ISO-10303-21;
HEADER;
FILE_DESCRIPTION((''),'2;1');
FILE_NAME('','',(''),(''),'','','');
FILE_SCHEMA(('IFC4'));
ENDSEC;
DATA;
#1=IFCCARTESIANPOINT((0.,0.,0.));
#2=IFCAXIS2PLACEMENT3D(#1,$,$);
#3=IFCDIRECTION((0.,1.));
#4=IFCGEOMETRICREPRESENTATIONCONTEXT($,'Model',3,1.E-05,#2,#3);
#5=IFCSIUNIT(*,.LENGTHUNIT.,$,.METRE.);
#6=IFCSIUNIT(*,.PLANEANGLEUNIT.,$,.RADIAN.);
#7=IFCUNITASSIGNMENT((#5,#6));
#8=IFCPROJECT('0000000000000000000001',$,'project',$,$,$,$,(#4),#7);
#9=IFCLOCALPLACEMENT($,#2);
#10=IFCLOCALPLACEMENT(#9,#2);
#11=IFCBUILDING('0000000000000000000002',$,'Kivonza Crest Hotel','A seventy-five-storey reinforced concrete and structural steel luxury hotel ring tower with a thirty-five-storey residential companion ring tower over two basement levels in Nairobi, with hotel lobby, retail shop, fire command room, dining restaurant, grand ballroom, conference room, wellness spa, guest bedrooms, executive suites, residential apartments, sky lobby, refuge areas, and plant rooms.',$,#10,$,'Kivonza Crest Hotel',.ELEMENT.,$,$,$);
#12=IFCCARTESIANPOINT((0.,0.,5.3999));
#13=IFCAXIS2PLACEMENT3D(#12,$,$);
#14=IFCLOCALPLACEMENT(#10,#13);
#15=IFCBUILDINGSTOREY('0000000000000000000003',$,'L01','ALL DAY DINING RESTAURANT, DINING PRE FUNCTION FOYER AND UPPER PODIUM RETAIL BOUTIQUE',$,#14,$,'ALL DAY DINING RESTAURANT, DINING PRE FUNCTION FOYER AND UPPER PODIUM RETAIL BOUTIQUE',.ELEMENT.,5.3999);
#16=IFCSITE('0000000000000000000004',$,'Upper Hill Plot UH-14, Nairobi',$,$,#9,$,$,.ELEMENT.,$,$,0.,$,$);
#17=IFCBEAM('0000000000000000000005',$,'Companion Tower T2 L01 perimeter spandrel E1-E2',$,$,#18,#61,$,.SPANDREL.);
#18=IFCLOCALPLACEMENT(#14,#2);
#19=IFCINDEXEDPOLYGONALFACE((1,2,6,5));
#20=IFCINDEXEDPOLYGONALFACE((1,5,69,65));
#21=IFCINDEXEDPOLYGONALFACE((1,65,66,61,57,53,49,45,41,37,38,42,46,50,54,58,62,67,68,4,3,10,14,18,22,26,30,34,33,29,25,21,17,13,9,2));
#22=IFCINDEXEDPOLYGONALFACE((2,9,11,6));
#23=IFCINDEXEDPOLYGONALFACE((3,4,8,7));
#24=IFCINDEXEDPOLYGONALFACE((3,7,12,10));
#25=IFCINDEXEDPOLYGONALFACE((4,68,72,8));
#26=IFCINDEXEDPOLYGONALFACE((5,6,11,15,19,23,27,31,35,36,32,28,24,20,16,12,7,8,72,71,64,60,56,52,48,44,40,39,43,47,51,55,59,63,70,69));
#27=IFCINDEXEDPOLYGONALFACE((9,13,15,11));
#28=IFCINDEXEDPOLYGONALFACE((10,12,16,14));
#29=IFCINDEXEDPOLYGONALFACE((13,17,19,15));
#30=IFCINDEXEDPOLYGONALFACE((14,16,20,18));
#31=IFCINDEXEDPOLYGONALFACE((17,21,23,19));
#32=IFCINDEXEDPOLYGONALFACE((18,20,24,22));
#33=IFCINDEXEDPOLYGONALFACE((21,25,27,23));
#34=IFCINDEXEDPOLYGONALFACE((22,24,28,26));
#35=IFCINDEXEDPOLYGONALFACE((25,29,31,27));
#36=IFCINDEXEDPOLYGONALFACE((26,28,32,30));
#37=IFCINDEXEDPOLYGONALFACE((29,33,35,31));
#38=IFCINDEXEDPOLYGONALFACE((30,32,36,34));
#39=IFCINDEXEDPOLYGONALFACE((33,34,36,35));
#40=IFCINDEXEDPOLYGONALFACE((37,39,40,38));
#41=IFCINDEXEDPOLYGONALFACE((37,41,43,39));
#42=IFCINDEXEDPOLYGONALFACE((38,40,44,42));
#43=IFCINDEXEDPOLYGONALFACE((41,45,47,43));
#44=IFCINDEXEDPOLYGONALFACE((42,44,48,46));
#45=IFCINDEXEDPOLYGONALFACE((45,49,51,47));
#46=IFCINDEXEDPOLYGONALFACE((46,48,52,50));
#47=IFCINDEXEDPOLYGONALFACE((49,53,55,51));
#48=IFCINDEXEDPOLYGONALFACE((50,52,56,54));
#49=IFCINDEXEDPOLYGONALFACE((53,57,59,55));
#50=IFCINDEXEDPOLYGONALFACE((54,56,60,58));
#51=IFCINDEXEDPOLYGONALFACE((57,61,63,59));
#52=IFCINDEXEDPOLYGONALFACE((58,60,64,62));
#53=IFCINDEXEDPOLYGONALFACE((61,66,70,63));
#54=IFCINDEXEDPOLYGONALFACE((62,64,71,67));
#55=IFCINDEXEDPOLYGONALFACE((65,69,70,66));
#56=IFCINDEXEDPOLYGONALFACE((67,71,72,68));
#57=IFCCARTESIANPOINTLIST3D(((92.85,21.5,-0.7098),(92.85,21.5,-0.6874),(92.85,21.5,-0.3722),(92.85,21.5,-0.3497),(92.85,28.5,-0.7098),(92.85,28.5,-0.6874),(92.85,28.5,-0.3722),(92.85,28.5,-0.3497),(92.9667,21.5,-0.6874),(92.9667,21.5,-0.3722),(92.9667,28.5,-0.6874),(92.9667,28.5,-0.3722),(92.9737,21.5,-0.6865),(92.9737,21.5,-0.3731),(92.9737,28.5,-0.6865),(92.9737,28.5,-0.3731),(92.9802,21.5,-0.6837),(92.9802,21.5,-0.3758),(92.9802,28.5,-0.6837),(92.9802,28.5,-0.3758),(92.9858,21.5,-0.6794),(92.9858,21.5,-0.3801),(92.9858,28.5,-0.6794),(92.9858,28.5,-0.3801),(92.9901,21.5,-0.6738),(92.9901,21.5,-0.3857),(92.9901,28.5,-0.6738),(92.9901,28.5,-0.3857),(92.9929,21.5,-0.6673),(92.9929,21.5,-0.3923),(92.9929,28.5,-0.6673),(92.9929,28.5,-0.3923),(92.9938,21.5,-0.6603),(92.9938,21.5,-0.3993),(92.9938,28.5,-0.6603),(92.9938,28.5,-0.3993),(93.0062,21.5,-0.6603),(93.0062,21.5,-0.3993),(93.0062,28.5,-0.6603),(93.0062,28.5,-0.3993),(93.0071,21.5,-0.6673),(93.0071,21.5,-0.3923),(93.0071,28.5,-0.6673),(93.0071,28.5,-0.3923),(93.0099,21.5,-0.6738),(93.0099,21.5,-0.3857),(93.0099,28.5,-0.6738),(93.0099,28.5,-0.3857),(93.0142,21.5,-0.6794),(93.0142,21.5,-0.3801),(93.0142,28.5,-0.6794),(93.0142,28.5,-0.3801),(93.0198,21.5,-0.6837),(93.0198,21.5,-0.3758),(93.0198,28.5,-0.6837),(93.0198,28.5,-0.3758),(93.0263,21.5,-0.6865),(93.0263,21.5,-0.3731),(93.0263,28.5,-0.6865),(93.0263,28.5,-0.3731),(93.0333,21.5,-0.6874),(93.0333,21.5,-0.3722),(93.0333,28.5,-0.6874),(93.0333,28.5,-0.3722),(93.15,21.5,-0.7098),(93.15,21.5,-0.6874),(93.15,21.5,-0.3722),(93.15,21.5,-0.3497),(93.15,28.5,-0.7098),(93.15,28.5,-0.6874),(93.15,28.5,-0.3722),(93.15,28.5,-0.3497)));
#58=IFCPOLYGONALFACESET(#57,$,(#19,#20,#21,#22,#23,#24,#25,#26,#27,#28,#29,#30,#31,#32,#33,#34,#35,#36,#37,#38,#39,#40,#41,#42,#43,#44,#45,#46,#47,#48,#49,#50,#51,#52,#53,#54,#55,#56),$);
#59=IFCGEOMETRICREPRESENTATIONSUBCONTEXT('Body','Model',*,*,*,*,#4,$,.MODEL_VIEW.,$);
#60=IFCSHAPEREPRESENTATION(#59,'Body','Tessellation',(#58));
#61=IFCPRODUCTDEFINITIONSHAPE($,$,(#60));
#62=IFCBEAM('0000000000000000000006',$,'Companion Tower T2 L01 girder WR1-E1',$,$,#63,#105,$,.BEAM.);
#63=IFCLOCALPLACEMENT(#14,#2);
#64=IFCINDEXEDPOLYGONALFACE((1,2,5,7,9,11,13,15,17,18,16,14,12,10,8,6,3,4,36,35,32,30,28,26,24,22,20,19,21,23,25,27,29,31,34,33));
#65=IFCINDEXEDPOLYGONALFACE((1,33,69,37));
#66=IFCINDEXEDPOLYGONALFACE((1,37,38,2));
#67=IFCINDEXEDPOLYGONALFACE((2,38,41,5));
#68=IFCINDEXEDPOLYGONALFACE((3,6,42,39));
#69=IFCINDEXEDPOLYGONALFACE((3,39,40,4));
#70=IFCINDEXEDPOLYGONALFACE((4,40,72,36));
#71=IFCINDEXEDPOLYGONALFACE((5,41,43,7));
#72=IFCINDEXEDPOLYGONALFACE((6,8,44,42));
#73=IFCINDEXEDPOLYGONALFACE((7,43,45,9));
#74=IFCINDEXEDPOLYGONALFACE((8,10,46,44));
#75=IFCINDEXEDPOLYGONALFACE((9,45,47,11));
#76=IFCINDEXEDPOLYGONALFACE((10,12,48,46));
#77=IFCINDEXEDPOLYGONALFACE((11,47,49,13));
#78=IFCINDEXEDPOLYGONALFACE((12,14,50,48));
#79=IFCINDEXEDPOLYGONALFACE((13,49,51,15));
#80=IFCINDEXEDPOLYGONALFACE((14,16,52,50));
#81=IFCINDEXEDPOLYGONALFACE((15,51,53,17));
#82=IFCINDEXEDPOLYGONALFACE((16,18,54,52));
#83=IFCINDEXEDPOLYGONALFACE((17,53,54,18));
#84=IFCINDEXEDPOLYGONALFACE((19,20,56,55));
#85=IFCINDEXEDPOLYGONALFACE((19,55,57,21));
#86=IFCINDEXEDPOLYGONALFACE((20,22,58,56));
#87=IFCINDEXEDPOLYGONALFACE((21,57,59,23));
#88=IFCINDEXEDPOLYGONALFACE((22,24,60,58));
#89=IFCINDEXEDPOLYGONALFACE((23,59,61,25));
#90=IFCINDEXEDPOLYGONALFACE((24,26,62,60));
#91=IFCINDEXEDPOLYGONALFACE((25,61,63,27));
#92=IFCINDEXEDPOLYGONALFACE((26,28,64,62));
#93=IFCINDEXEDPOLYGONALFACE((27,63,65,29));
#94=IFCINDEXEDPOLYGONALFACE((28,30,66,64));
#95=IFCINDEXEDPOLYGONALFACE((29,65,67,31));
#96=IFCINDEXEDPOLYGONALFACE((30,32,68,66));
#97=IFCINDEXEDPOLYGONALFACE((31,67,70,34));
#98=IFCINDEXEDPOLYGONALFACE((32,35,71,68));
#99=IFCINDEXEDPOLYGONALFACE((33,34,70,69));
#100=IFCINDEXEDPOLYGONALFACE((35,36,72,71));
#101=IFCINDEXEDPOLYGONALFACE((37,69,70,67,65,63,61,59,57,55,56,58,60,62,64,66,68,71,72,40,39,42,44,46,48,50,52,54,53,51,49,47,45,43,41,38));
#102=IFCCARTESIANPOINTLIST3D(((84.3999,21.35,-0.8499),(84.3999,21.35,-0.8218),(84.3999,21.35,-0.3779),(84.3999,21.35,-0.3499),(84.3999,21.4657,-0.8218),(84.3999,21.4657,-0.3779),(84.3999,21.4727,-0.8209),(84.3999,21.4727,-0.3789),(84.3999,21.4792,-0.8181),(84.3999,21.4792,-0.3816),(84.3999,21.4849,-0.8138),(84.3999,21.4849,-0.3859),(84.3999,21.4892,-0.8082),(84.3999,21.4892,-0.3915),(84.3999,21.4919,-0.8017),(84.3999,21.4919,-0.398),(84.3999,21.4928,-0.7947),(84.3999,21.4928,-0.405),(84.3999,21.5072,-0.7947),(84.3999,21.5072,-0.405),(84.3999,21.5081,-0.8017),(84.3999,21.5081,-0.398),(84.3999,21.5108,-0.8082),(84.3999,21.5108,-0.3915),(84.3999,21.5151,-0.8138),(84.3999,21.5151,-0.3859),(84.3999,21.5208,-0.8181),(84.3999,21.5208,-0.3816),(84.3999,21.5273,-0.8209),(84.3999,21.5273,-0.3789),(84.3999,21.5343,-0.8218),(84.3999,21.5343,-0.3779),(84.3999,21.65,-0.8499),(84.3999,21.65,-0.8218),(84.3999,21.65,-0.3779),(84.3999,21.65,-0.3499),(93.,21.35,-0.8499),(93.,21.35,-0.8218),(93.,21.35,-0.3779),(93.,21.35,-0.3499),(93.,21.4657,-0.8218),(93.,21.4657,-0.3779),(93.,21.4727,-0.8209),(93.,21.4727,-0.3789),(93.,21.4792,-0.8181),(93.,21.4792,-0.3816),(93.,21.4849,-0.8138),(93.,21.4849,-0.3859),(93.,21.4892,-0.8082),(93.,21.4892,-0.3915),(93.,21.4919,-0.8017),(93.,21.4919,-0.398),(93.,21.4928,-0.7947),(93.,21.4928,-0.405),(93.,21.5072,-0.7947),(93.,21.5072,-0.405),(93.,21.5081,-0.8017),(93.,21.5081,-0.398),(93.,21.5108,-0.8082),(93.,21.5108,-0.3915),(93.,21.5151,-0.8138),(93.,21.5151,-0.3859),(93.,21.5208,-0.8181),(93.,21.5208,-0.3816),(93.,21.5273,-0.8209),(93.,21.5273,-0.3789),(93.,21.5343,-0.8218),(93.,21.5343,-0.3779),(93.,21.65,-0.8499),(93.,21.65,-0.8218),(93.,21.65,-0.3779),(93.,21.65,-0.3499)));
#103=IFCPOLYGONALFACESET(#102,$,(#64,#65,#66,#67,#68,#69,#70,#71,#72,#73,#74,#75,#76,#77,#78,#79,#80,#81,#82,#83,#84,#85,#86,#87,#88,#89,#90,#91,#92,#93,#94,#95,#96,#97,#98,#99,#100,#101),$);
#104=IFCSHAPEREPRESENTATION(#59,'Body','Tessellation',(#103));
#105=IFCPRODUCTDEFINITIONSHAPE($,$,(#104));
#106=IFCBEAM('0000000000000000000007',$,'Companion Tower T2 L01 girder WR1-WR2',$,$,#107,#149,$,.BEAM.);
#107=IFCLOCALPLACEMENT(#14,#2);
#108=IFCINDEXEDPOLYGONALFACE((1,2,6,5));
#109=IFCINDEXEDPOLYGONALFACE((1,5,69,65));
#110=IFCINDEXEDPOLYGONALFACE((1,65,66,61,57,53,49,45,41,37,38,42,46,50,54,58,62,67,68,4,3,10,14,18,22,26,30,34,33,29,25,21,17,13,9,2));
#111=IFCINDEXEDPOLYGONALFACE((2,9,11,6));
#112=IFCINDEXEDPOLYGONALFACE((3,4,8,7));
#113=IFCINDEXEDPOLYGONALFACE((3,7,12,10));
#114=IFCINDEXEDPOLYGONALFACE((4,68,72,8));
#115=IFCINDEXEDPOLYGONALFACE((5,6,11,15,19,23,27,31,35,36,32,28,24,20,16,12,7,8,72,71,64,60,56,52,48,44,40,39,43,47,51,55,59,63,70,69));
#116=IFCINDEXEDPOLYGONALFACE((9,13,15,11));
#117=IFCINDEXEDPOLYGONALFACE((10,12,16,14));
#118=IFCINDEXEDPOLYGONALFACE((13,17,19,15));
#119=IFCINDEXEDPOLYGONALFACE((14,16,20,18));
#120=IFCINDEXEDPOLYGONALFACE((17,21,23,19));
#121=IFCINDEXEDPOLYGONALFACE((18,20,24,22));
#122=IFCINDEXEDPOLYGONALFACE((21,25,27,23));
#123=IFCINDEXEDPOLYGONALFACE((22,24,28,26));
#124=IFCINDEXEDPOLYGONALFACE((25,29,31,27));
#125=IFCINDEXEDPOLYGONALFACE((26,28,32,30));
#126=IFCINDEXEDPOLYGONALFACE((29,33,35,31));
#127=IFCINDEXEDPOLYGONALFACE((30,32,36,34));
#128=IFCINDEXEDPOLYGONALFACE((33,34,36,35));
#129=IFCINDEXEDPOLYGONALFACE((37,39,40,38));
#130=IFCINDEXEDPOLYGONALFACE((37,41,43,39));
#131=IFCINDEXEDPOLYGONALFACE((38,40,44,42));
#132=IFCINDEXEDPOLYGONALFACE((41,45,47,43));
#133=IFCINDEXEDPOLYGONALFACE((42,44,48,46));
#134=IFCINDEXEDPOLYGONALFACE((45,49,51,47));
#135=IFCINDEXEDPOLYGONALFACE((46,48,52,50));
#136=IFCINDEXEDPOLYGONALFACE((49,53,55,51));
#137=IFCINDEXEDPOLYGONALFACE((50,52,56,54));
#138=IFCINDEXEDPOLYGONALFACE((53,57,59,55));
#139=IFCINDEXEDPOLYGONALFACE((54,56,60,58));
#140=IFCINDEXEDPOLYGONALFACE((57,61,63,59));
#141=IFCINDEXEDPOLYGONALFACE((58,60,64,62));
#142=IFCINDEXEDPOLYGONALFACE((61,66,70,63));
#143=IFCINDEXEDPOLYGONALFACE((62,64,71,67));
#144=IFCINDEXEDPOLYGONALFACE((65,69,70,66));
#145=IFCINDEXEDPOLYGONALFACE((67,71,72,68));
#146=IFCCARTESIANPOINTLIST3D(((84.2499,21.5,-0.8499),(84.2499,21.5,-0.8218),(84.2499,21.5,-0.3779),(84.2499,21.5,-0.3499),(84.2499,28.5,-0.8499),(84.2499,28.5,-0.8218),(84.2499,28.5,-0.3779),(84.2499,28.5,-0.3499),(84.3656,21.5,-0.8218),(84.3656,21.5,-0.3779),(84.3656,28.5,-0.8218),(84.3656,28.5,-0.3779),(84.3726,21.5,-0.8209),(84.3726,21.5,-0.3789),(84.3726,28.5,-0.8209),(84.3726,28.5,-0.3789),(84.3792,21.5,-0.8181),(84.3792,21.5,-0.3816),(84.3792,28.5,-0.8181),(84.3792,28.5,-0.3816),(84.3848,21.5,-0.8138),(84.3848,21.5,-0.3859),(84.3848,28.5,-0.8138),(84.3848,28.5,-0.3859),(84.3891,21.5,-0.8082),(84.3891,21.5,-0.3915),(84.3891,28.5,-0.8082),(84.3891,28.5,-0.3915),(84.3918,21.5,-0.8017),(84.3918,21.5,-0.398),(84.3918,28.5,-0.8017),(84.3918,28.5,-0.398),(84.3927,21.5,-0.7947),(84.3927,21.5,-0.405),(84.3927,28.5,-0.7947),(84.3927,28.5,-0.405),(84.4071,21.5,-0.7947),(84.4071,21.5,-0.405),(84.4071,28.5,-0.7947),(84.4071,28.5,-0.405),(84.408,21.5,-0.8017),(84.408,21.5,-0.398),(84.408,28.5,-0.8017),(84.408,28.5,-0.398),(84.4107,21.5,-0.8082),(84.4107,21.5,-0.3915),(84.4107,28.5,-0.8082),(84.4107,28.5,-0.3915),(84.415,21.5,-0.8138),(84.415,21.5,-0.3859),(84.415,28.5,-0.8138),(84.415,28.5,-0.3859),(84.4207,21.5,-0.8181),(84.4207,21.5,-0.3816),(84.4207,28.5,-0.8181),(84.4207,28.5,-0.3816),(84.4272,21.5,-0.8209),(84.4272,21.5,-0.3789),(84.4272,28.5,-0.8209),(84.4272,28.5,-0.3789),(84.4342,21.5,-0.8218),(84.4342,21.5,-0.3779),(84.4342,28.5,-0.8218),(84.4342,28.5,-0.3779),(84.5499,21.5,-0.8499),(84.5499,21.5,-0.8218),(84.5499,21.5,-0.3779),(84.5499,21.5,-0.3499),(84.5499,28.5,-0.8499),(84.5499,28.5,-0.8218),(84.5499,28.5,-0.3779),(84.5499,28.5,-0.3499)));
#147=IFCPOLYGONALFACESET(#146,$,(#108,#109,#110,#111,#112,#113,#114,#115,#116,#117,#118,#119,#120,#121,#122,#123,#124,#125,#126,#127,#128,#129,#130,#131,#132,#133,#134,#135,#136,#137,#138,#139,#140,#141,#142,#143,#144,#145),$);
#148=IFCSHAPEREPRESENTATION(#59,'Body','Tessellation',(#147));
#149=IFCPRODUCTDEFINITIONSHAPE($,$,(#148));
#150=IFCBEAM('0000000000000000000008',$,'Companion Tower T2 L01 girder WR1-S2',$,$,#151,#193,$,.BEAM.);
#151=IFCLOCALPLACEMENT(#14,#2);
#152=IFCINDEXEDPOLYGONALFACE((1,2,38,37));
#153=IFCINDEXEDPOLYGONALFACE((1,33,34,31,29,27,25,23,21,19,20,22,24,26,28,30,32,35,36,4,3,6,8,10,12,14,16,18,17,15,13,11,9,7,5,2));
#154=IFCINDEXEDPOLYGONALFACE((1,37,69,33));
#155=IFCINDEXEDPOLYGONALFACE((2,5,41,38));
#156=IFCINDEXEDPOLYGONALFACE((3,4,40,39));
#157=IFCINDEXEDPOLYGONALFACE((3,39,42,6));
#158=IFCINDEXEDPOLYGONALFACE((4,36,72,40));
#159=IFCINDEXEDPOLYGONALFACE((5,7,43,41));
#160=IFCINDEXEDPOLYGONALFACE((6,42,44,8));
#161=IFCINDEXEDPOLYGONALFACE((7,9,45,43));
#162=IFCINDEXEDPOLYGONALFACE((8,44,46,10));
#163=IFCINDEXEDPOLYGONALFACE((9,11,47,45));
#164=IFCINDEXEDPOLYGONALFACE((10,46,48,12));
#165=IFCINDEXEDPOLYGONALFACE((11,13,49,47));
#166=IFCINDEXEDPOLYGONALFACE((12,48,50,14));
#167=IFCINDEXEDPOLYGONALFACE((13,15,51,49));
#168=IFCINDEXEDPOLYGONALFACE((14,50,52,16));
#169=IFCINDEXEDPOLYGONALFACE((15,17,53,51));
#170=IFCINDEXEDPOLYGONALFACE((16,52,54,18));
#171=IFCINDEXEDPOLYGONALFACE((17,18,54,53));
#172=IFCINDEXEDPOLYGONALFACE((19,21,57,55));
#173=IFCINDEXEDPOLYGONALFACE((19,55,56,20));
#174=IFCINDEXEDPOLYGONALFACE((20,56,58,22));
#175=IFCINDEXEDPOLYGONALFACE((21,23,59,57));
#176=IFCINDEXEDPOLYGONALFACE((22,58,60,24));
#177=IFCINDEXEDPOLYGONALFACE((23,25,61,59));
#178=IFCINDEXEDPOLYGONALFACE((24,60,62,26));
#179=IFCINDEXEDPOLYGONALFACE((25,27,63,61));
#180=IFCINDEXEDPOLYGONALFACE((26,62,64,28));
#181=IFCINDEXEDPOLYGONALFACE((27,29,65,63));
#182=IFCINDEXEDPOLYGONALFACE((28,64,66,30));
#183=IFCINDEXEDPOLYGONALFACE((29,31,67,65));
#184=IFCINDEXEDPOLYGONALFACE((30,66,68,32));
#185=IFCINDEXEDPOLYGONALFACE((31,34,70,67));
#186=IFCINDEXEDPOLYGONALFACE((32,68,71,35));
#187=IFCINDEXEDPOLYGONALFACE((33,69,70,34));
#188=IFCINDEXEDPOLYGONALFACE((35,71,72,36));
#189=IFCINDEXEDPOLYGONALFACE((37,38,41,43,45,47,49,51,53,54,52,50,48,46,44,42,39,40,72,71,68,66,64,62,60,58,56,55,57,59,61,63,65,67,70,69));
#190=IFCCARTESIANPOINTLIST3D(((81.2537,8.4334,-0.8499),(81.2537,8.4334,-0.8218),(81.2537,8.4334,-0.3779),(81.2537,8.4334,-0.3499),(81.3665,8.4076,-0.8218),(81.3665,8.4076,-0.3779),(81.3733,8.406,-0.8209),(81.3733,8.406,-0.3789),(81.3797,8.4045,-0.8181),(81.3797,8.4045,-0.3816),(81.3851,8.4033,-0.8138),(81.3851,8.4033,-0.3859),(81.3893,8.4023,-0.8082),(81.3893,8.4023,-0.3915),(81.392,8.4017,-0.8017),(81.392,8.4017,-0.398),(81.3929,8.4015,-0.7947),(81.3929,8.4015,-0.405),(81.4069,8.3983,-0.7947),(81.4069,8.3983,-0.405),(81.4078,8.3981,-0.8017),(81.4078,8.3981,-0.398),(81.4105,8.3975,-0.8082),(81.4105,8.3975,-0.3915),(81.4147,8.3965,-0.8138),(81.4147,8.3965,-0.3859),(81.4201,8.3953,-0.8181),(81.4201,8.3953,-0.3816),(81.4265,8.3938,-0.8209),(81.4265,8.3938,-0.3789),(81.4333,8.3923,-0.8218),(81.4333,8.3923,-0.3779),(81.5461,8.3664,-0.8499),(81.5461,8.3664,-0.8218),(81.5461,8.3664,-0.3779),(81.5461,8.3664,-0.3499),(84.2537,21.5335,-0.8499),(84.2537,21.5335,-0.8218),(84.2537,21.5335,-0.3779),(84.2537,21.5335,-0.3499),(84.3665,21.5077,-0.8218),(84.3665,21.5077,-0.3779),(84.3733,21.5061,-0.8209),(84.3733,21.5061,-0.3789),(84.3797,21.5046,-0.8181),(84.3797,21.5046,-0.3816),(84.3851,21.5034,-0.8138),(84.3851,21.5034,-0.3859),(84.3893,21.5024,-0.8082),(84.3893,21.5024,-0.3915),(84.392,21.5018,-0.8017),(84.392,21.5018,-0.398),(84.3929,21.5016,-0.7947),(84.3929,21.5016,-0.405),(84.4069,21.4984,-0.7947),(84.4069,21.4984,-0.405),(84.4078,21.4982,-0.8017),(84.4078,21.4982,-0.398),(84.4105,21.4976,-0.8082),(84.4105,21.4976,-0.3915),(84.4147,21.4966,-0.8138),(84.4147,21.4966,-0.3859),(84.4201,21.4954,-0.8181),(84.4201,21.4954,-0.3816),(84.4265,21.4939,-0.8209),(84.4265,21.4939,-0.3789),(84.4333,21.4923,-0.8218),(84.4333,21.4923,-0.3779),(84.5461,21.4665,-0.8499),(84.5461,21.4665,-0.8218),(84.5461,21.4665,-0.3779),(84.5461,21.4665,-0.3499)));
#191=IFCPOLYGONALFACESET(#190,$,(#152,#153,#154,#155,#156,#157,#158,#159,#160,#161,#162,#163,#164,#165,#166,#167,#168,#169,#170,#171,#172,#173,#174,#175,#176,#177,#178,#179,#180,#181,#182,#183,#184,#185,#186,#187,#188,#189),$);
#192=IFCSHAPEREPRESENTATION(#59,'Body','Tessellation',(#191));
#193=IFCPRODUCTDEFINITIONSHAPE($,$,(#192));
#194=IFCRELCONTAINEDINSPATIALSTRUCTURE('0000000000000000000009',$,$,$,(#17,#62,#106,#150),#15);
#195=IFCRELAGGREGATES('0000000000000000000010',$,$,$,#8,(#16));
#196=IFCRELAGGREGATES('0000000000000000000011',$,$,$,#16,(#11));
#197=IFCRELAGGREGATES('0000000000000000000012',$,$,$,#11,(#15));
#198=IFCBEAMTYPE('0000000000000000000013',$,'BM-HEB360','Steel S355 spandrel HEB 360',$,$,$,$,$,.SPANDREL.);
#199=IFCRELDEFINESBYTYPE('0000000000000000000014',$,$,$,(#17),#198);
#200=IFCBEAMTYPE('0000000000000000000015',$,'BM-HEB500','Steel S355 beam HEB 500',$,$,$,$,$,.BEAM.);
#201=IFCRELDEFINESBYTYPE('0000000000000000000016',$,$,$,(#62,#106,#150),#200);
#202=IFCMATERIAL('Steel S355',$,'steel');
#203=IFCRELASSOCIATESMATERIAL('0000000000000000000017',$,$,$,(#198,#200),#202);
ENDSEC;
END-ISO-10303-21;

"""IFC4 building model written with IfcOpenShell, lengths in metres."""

from ifc_helpers import new_model, si_unit, direction, frame, origin, origin_2d, place, context, subcontext, project, spatial, i_section, extrude, material, material_profile, profile_set, type_object, element, save


model = new_model("IFC4")

# Units and contexts
model_context = context("Model", 3, precision=1e-05, world=origin(), true_north=direction((0.0, 1.0)))
body_context = subcontext(model_context, "Body", "Model", "MODEL_VIEW")
ifc_project = project(units=[si_unit("LENGTHUNIT", "METRE"), si_unit("PLANEANGLEUNIT", "RADIAN")], contexts=[model_context])

# Site, building, storey
site_placement = place(None, origin())
site = spatial("IfcSite", under=ifc_project, at=site_placement, Name="Upper Hill Plot UH-14, Nairobi", CompositionType="ELEMENT", RefElevation=0.0)
building_placement = place(site_placement, origin())
building = spatial("IfcBuilding", under=site, at=building_placement, Name="Kivonza Crest Hotel", Description="A seventy-five-storey reinforced concrete and structural steel luxury hotel ring tower with a thirty-five-storey residential companion ring tower over two basement levels in Nairobi, with hotel lobby, retail shop, fire command room, dining restaurant, grand ballroom, conference room, wellness spa, guest bedrooms, executive suites, residential apartments, sky lobby, refuge areas, and plant rooms.", LongName="Kivonza Crest Hotel", CompositionType="ELEMENT")
storey_placement = place(building_placement, frame((0.0, 0.0, 5.3999)))
storey = spatial("IfcBuildingStorey", under=building, at=storey_placement, Name="L01", Description="ALL DAY DINING RESTAURANT, DINING PRE FUNCTION FOYER AND UPPER PODIUM RETAIL BOUTIQUE", LongName="ALL DAY DINING RESTAURANT, DINING PRE FUNCTION FOYER AND UPPER PODIUM RETAIL BOUTIQUE", CompositionType="ELEMENT", Elevation=5.3999)

# Beams
ifc_material_1 = material(Name="Steel S355", Category="steel")
ifc_material_profile_1 = material_profile(ifc_material_1, i_section(OverallWidth=0.3, OverallDepth=0.3601, WebThickness=0.0125, FlangeThickness=0.0225, FilletRadius=0.0271, at=origin_2d()), Name="HEB 360")
ifc_profile_set_1 = profile_set([ifc_material_profile_1], Name="Steel S355")
beam_type_1 = type_object("IfcBeamType", Name="BM-HEB360", Description="Steel S355 spandrel HEB 360", PredefinedType="SPANDREL", material=ifc_profile_set_1)
beam_1_placement = place(storey_placement, frame((93.0, 21.5, -0.5298), z_axis=(0.0, 1.0, 0.0), x_axis=(-1.0, 0.0, 0.0)))
element("IfcBeam", 1, at=beam_1_placement, inside=storey, type_object=beam_type_1, Name="Companion Tower T2 L01 perimeter spandrel E1-E2", PredefinedType="SPANDREL", context=body_context, shape_type="SweptSolid", body=[
    extrude(i_section(OverallWidth=0.3, OverallDepth=0.3601, WebThickness=0.0125, FlangeThickness=0.0225, FilletRadius=0.0271, at=origin_2d()), origin(), (0.0, 0.0, 1.0), 7.0),
])
ifc_material_profile_2 = material_profile(ifc_material_1, i_section(OverallWidth=0.3, OverallDepth=0.5, WebThickness=0.0144, FlangeThickness=0.0281, FilletRadius=0.0271, at=origin_2d()), Name="HEB 500")
ifc_profile_set_2 = profile_set([ifc_material_profile_2], Name="Steel S355")
beam_type_2 = type_object("IfcBeamType", Name="BM-HEB500", Description="Steel S355 beam HEB 500", PredefinedType="BEAM", material=ifc_profile_set_2)
beam_2_placement = place(storey_placement, frame((84.3999, 21.5, -0.5999), z_axis=(1.0, 0.0, 0.0), x_axis=(0.0, 1.0, 0.0)))
element("IfcBeam", 2, at=beam_2_placement, inside=storey, type_object=beam_type_2, Name="Companion Tower T2 L01 girder WR1-E1", PredefinedType="BEAM", context=body_context, shape_type="SweptSolid", body=[
    extrude(i_section(OverallWidth=0.3, OverallDepth=0.5, WebThickness=0.0144, FlangeThickness=0.0281, FilletRadius=0.0271, at=origin_2d()), origin(), (0.0, 0.0, 1.0), 8.6001),
])
beam_3_placement = place(storey_placement, frame((84.3999, 21.5, -0.5999), z_axis=(0.0, 1.0, 0.0), x_axis=(-1.0, 0.0, 0.0)))
element("IfcBeam", 3, at=beam_3_placement, inside=storey, type_object=beam_type_2, Name="Companion Tower T2 L01 girder WR1-WR2", PredefinedType="BEAM", context=body_context, shape_type="SweptSolid", body=[
    extrude(i_section(OverallWidth=0.3, OverallDepth=0.5, WebThickness=0.0144, FlangeThickness=0.0281, FilletRadius=0.0271, at=origin_2d()), origin(), (0.0, 0.0, 1.0), 7.0),
])
beam_4_placement = place(storey_placement, frame((84.3999, 21.5, -0.5999), z_axis=(-0.223227, -0.974766, 0.0), x_axis=(0.974766, -0.223227, 0.0)))
element("IfcBeam", 4, at=beam_4_placement, inside=storey, type_object=beam_type_2, Name="Companion Tower T2 L01 girder WR1-S2", PredefinedType="BEAM", context=body_context, shape_type="SweptSolid", body=[
    extrude(i_section(OverallWidth=0.3, OverallDepth=0.5, WebThickness=0.0144, FlangeThickness=0.0281, FilletRadius=0.0271, at=origin_2d()), origin(), (0.0, 0.0, 1.0), 13.4392),
])

save(model, "model.ifc")
